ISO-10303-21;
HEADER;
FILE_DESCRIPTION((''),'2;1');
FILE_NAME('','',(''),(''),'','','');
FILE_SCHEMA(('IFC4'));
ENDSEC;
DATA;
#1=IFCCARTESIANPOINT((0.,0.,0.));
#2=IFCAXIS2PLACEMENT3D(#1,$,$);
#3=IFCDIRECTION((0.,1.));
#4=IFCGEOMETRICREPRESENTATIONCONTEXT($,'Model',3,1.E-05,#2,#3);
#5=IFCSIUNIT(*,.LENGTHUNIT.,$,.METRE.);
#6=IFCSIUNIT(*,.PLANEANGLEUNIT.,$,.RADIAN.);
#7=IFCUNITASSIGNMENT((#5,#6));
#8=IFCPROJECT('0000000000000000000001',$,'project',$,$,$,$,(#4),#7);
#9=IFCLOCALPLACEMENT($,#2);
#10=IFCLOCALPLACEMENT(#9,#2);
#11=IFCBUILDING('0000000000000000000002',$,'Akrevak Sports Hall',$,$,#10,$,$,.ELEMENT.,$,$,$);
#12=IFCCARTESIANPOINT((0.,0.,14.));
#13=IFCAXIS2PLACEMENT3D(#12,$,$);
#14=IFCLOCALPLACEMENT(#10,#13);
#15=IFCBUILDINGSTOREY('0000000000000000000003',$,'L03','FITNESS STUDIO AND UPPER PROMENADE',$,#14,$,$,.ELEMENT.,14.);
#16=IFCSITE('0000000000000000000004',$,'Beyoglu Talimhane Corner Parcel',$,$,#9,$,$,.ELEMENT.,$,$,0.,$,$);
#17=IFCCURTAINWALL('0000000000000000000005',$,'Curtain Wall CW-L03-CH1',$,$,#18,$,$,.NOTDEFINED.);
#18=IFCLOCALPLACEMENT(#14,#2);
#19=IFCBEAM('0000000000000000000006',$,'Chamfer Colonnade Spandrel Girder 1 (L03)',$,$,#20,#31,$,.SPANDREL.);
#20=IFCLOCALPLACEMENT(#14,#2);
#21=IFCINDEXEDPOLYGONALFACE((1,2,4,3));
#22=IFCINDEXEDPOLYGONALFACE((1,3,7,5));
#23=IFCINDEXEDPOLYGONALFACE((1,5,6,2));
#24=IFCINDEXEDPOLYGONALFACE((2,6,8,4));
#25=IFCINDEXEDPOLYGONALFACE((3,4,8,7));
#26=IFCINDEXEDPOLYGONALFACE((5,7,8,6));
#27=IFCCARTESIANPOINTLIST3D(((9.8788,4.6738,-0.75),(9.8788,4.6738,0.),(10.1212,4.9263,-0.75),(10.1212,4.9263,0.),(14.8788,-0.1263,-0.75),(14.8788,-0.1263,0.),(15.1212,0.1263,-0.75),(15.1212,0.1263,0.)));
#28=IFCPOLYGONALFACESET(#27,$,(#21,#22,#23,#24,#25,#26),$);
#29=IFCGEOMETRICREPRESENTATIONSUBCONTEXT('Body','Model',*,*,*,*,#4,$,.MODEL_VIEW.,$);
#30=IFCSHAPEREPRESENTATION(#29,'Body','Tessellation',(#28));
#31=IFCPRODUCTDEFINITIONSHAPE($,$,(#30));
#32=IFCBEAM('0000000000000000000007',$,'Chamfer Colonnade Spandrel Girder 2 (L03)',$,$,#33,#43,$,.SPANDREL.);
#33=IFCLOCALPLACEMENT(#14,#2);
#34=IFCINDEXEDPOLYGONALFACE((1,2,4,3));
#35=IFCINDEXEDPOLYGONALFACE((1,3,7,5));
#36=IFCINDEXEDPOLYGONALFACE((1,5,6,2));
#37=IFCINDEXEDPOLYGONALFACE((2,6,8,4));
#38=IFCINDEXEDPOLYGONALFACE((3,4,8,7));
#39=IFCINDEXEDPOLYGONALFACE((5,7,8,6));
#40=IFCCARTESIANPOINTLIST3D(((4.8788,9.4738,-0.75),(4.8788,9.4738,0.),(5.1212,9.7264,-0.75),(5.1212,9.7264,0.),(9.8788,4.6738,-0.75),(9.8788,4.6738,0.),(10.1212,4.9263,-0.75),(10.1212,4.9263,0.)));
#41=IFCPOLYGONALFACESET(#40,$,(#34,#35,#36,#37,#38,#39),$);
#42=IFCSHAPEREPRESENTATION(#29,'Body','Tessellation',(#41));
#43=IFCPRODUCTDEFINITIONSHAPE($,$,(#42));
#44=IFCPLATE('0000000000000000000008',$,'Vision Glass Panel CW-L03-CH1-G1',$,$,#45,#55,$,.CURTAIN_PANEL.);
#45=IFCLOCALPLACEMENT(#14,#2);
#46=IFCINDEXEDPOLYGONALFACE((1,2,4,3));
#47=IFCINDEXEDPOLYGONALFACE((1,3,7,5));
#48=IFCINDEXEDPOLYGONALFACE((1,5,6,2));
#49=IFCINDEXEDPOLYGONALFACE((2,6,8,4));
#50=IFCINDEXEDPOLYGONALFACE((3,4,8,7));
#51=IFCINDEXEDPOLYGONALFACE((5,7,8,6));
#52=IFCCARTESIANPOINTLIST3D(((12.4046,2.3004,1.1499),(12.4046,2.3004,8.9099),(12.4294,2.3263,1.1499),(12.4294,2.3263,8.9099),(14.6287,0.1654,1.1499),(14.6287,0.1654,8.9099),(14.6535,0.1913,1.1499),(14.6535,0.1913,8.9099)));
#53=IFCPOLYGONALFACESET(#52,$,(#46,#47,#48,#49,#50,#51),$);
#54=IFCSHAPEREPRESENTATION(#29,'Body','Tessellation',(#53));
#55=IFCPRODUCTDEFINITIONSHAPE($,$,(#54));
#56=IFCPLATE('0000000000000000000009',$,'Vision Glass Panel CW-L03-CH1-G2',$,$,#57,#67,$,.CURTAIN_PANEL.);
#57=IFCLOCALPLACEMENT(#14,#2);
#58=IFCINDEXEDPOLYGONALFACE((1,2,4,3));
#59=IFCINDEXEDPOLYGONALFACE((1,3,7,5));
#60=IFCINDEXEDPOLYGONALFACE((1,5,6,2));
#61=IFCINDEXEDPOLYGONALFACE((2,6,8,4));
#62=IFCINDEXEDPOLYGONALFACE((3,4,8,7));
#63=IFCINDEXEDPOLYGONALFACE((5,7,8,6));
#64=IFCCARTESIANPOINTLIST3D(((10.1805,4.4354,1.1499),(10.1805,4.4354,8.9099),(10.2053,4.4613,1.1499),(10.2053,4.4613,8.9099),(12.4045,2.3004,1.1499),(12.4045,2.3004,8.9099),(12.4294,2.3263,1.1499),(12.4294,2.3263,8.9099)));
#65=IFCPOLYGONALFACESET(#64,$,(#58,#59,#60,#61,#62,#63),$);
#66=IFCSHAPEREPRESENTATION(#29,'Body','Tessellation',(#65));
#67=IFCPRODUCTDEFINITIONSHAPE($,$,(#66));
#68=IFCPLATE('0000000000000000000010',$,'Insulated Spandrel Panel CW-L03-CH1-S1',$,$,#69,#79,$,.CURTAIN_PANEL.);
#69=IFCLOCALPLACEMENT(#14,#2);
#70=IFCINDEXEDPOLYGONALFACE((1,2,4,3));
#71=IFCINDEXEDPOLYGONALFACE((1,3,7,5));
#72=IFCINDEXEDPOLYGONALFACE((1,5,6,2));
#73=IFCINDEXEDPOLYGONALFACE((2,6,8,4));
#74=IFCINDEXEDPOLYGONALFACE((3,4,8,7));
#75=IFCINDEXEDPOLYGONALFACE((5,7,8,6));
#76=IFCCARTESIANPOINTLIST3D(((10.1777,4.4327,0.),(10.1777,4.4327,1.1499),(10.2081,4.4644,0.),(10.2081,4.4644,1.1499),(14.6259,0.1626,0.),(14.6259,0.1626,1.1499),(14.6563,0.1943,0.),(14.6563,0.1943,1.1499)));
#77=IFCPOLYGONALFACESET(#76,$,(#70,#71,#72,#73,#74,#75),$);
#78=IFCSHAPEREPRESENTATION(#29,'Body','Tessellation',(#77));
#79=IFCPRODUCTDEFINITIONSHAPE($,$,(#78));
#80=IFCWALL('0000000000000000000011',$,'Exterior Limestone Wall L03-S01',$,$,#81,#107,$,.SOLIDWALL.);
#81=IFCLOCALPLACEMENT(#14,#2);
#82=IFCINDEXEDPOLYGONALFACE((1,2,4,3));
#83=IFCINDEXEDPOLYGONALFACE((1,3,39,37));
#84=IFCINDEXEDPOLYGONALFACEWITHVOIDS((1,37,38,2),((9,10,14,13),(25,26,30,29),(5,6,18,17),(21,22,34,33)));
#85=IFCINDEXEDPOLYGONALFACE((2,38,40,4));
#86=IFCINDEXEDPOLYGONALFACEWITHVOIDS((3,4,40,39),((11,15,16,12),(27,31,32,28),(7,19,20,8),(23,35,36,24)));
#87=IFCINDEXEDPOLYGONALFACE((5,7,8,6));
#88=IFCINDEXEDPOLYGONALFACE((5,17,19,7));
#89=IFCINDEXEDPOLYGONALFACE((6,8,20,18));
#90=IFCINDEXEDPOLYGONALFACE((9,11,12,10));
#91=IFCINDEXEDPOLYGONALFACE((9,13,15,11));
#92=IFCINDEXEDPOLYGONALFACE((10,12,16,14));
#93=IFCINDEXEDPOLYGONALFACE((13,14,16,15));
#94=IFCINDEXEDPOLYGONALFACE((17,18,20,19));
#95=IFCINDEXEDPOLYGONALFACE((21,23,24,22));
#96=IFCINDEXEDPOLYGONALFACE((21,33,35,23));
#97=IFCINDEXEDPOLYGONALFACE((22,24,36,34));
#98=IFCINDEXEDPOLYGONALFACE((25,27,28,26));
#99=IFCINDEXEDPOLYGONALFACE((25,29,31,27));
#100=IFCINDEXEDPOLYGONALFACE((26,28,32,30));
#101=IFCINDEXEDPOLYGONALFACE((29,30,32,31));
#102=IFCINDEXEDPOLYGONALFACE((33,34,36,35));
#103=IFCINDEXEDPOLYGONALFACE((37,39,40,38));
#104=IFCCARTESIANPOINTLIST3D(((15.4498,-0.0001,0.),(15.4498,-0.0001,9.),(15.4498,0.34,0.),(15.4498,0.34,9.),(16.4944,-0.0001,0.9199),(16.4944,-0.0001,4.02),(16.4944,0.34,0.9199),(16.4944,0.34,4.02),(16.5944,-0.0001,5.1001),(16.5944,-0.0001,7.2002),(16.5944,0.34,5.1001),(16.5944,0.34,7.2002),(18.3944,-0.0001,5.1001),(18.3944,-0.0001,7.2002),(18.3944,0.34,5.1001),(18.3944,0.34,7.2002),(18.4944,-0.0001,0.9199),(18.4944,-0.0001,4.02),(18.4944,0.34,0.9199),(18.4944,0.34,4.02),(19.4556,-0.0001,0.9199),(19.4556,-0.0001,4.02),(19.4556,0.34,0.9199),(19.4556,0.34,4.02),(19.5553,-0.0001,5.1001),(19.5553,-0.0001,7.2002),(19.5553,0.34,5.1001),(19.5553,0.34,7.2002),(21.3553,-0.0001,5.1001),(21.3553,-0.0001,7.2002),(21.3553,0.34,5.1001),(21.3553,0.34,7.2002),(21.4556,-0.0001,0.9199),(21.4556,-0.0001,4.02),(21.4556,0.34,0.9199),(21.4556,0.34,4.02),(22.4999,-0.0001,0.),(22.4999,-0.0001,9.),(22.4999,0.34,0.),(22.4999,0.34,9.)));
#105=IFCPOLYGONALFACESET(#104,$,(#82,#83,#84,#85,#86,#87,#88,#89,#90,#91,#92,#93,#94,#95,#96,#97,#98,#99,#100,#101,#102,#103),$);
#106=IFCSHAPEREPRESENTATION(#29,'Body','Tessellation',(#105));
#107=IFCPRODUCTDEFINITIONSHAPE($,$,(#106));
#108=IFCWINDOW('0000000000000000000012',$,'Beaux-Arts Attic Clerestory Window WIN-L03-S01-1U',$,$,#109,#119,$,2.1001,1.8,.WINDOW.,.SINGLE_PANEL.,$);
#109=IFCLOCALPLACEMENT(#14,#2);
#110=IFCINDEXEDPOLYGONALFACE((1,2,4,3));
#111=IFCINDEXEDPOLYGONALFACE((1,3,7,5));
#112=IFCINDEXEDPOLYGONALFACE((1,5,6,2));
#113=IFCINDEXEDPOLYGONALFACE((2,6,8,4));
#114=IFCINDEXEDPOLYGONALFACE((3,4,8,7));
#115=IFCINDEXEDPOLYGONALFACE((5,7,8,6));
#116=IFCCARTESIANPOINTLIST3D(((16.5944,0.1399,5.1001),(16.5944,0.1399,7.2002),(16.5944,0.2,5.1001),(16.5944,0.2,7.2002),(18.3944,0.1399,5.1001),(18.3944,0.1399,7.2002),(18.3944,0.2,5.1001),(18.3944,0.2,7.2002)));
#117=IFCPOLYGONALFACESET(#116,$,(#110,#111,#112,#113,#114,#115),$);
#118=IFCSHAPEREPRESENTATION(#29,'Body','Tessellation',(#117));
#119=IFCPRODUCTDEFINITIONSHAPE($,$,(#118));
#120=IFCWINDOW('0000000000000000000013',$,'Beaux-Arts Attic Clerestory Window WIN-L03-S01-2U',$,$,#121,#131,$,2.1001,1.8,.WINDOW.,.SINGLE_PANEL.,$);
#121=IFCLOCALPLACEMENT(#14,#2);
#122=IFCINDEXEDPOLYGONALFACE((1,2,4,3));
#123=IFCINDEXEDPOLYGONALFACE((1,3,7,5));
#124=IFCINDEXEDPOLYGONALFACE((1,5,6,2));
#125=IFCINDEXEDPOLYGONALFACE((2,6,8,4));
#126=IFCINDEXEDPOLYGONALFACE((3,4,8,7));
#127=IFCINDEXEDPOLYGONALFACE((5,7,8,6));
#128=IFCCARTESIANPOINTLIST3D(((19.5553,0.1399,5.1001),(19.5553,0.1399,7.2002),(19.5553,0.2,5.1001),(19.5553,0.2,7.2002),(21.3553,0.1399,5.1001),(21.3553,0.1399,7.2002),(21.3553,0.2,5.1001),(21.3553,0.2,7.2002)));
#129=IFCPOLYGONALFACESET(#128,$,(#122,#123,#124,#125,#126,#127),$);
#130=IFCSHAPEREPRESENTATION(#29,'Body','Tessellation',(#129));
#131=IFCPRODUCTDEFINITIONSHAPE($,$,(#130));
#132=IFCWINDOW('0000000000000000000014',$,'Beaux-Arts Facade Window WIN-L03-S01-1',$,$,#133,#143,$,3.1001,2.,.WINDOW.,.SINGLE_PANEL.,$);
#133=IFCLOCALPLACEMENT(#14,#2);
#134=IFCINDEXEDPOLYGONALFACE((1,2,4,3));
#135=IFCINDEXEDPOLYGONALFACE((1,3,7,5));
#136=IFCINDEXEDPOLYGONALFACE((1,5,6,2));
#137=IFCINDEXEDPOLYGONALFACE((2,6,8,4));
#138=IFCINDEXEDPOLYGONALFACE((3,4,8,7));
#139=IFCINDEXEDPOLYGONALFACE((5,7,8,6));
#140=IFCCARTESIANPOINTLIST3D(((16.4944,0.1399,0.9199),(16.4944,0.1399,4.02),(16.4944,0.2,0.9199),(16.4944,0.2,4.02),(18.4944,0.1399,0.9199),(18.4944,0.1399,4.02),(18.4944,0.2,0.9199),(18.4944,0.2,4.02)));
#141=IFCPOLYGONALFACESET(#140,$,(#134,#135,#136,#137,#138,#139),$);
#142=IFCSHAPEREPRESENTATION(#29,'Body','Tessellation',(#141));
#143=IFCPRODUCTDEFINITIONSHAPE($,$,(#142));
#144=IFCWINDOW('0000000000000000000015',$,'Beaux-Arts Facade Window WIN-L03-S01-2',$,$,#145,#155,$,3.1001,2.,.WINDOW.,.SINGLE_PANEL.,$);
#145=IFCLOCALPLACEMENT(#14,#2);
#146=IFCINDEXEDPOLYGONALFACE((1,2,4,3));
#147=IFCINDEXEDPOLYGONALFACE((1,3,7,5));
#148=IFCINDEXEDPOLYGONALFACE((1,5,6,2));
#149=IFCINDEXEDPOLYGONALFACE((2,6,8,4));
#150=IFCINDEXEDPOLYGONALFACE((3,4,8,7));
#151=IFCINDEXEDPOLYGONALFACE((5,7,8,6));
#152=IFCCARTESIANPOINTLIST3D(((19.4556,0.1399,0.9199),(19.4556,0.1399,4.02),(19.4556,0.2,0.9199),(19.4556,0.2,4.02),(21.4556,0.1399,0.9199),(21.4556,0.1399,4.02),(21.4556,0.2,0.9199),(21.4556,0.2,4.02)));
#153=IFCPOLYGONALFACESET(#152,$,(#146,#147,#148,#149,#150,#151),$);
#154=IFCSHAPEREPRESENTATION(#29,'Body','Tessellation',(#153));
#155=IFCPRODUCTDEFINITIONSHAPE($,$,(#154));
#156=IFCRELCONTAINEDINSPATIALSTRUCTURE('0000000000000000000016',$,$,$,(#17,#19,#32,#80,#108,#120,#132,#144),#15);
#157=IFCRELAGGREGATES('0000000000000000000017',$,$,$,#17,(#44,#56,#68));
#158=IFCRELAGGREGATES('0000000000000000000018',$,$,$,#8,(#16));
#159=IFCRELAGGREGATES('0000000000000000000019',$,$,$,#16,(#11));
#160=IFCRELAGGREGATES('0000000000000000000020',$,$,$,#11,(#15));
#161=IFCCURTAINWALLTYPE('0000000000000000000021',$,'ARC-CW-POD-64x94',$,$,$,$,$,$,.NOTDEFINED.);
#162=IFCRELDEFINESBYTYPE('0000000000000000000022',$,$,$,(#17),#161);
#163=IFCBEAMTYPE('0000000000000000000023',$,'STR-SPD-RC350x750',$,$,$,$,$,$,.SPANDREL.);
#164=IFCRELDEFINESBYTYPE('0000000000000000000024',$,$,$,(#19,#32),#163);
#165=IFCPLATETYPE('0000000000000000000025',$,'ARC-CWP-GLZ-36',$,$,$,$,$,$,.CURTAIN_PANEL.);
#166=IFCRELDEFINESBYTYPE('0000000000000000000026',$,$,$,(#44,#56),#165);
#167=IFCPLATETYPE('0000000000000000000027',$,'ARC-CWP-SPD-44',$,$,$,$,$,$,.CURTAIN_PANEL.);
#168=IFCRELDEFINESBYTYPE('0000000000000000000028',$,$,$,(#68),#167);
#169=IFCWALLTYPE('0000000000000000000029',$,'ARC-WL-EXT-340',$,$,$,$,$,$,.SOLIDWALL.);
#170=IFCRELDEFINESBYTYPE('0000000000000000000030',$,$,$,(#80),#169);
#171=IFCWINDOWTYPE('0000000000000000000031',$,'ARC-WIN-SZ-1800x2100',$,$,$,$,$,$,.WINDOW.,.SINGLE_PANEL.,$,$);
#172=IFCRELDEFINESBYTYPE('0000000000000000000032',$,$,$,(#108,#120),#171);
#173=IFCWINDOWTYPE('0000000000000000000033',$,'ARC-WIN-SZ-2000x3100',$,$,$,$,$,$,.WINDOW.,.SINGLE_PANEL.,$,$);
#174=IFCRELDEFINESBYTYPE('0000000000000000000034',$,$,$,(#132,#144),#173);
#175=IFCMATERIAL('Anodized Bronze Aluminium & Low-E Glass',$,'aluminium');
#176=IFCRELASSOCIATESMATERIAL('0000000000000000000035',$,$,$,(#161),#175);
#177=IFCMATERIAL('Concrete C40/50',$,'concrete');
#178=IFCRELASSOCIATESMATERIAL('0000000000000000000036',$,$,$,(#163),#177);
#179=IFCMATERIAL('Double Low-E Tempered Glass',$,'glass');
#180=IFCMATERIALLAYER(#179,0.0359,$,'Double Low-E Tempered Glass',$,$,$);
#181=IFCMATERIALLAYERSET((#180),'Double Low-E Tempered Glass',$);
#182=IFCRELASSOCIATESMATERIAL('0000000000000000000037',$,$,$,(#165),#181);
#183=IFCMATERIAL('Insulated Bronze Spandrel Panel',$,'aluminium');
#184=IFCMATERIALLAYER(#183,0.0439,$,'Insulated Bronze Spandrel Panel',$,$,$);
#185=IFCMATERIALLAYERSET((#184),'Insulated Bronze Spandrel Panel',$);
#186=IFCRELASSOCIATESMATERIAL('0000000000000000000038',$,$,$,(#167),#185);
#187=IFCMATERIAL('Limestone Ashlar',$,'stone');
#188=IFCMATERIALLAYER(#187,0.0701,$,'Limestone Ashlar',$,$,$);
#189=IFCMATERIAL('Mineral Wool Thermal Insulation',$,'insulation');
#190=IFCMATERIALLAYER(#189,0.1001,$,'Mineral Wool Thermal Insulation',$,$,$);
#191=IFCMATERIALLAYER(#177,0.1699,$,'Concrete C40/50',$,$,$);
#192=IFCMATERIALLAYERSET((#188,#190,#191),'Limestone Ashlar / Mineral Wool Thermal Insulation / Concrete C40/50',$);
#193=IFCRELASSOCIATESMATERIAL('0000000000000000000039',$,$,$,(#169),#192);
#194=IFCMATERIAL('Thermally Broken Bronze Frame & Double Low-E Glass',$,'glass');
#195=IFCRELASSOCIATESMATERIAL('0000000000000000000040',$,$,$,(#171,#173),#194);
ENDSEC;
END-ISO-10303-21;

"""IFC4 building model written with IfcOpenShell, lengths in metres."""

from ifc_helpers import new_model, si_unit, direction, frame, frame_2d, origin, origin_2d, place, context, subcontext, project, spatial, rectangle, extrude, material, layer, layer_set, material_profile, profile_set, type_object, element, fill, aggregate, save


model = new_model("IFC4")

# Units and contexts
model_context = context("Model", 3, precision=1e-05, world=origin(), true_north=direction((0.0, 1.0)))
body_context = subcontext(model_context, "Body", "Model", "MODEL_VIEW")
ifc_project = project(units=[si_unit("LENGTHUNIT", "METRE"), si_unit("PLANEANGLEUNIT", "RADIAN")], contexts=[model_context])

# Site, building, storey
site_placement = place(None, origin())
site = spatial("IfcSite", under=ifc_project, at=site_placement, Name="Beyoglu Talimhane Corner Parcel", CompositionType="ELEMENT", RefElevation=0.0)
building_placement = place(site_placement, origin())
building = spatial("IfcBuilding", under=site, at=building_placement, Name="Akrevak Sports Hall", CompositionType="ELEMENT")
storey_placement = place(building_placement, frame((0.0, 0.0, 14.0)))
storey = spatial("IfcBuildingStorey", under=building, at=storey_placement, Name="L03", Description="FITNESS STUDIO AND UPPER PROMENADE", CompositionType="ELEMENT", Elevation=14.0)

# Shared definitions
ifc_material_1 = material(Name="Concrete C40/50", Category="concrete")

# Curtain wall
ifc_material_2 = material(Name="Anodized Bronze Aluminium & Low-E Glass", Category="aluminium")
curtain_wall_type = type_object("IfcCurtainWallType", Name="ARC-CW-POD-64x94", PredefinedType="NOTDEFINED", material=ifc_material_2)
curtain_wall_placement = place(storey_placement, origin())
curtain_wall = element("IfcCurtainWall", 1, at=curtain_wall_placement, inside=storey, type_object=curtain_wall_type, Name="Curtain Wall CW-L03-CH1", PredefinedType="NOTDEFINED")

# Beams
ifc_material_profile_1 = material_profile(ifc_material_1, rectangle(XDim=0.3501, YDim=0.75, at=origin_2d()), Name="SPD 350x750", Category="concrete")
ifc_profile_set_1 = profile_set([ifc_material_profile_1], Name="Concrete C40/50")
beam_type_1 = type_object("IfcBeamType", Name="STR-SPD-RC350x750", PredefinedType="SPANDREL", material=ifc_profile_set_1)
for number, where, z_axis, x_axis, name in (
    (2, (15.0, 0.0, -0.375), (-0.721384, 0.692535, 0.0), (-0.692535, -0.721384, 0.0), "Chamfer Colonnade Spandrel Girder 1 (L03)"),
    (3, (10.0, 4.8, -0.375), (-0.721384, 0.692535, 0.0), (-0.692535, -0.721384, 0.0), "Chamfer Colonnade Spandrel Girder 2 (L03)"),
):
    element("IfcBeam", number, at=place(storey_placement, frame(where, z_axis=z_axis, x_axis=x_axis)), inside=storey, type_object=beam_type_1, Name=name, PredefinedType="SPANDREL", context=body_context, shape_type="SweptSolid", body=[
        extrude(rectangle(XDim=0.3501, YDim=0.75, at=origin_2d()), origin(), (0.0, 0.0, 1.0), 6.9312),
    ])

# Plates
ifc_material_3 = material(Name="Double Low-E Tempered Glass", Category="glass")
ifc_layer_1 = layer(ifc_material_3, 0.0359, Name="Double Low-E Tempered Glass")
ifc_layer_set_1 = layer_set([ifc_layer_1], Name="Double Low-E Tempered Glass")
plate_type_1 = type_object("IfcPlateType", Name="ARC-CWP-GLZ-36", PredefinedType="CURTAIN_PANEL", material=ifc_layer_set_1)
plate_1_placement = place(storey_placement, frame((13.5291, 1.2458, 1.1499), z_axis=(0.0, 0.0, 1.0), x_axis=(-0.721398, 0.692521, 0.0)))
plate_1 = element("IfcPlate", 4, at=plate_1_placement, type_object=plate_type_1, Name="Vision Glass Panel CW-L03-CH1-G1", PredefinedType="CURTAIN_PANEL", context=body_context, shape_type="SweptSolid", body=[
    extrude(rectangle(XDim=3.083, YDim=0.0359, at=origin_2d()), origin(), (0.0, 0.0, 1.0), 7.76),
])
plate_2_placement = place(storey_placement, frame((11.3049, 3.3809, 1.1499), z_axis=(0.0, 0.0, 1.0), x_axis=(-0.721398, 0.692521, 0.0)))
plate_2 = element("IfcPlate", 5, at=plate_2_placement, type_object=plate_type_1, Name="Vision Glass Panel CW-L03-CH1-G2", PredefinedType="CURTAIN_PANEL", context=body_context, shape_type="SweptSolid", body=[
    extrude(rectangle(XDim=3.083, YDim=0.0359, at=origin_2d()), origin(), (0.0, 0.0, 1.0), 7.76),
])
ifc_material_4 = material(Name="Insulated Bronze Spandrel Panel", Category="aluminium")
ifc_layer_2 = layer(ifc_material_4, 0.0439, Name="Insulated Bronze Spandrel Panel")
ifc_layer_set_2 = layer_set([ifc_layer_2], Name="Insulated Bronze Spandrel Panel")
plate_type_2 = type_object("IfcPlateType", Name="ARC-CWP-SPD-44", PredefinedType="CURTAIN_PANEL", material=ifc_layer_set_2)
plate_3_placement = place(storey_placement, frame((12.417, 2.3135, 0.0), z_axis=(0.0, 0.0, 1.0), x_axis=(-0.721398, 0.692521, 0.0)))
plate_3 = element("IfcPlate", 6, at=plate_3_placement, type_object=plate_type_2, Name="Insulated Spandrel Panel CW-L03-CH1-S1", PredefinedType="CURTAIN_PANEL", context=body_context, shape_type="SweptSolid", body=[
    extrude(rectangle(XDim=6.166, YDim=0.0439, at=origin_2d()), origin(), (0.0, 0.0, 1.0), 1.1499),
])
aggregate(curtain_wall, [plate_1, plate_2, plate_3])

# Wall, openings, windows
ifc_material_5 = material(Name="Limestone Ashlar", Category="stone")
ifc_layer_3 = layer(ifc_material_5, 0.0701, Name="Limestone Ashlar")
ifc_material_6 = material(Name="Mineral Wool Thermal Insulation", Category="insulation")
ifc_layer_4 = layer(ifc_material_6, 0.1001, Name="Mineral Wool Thermal Insulation")
ifc_layer_5 = layer(ifc_material_1, 0.1699, Name="Concrete C40/50")
ifc_layer_set_3 = layer_set([ifc_layer_3, ifc_layer_4, ifc_layer_5], Name="Limestone Ashlar / Mineral Wool Thermal Insulation / Concrete C40/50")
wall_type = type_object("IfcWallType", Name="ARC-WL-EXT-340", PredefinedType="SOLIDWALL", material=ifc_layer_set_3)
wall_1_placement = place(storey_placement, frame((15.45, 0.1699, 0.0), z_axis=(0.0, 0.0, 1.0), x_axis=(1.0, 0.0, 0.0)))
wall_1 = element("IfcWall", 7, at=wall_1_placement, inside=storey, type_object=wall_type, Name="Exterior Limestone Wall L03-S01", PredefinedType="SOLIDWALL", context=body_context, shape_type="SweptSolid", body=[
    extrude(rectangle(XDim=7.05, YDim=0.3401, at=frame_2d((3.5249, 0.0))), origin(), (0.0, 0.0, 1.0), 9.0),
])
opening_1_placement = place(wall_1_placement, frame((1.0444, 0.0, 0.9199)))
opening_1 = element("IfcOpeningElement", 8, at=opening_1_placement, cuts=wall_1, PredefinedType="OPENING", context=body_context, shape_type="SweptSolid", body=[
    extrude(rectangle(XDim=2.0, YDim=3.1001, at=frame_2d((1.0, 1.55))), frame((0.0, 0.1821, 0.0), z_axis=(0.0, -1.0, 0.0), x_axis=(1.0, 0.0, 0.0)), (0.0, 0.0, 1.0), 0.364),
])
opening_2_placement = place(wall_1_placement, frame((1.1445, 0.0, 5.1001)))
opening_2 = element("IfcOpeningElement", 9, at=opening_2_placement, cuts=wall_1, PredefinedType="OPENING", context=body_context, shape_type="SweptSolid", body=[
    extrude(rectangle(XDim=1.8, YDim=2.1001, at=frame_2d((0.8999, 1.05))), frame((0.0, 0.1821, 0.0), z_axis=(0.0, -1.0, 0.0), x_axis=(1.0, 0.0, 0.0)), (0.0, 0.0, 1.0), 0.364),
])
opening_3_placement = place(wall_1_placement, frame((4.0056, 0.0, 0.9199)))
opening_3 = element("IfcOpeningElement", 10, at=opening_3_placement, cuts=wall_1, PredefinedType="OPENING", context=body_context, shape_type="SweptSolid", body=[
    extrude(rectangle(XDim=2.0, YDim=3.1001, at=frame_2d((1.0, 1.55))), frame((0.0, 0.1821, 0.0), z_axis=(0.0, -1.0, 0.0), x_axis=(1.0, 0.0, 0.0)), (0.0, 0.0, 1.0), 0.364),
])
opening_4_placement = place(wall_1_placement, frame((4.1055, 0.0, 5.1001)))
opening_4 = element("IfcOpeningElement", 11, at=opening_4_placement, cuts=wall_1, PredefinedType="OPENING", context=body_context, shape_type="SweptSolid", body=[
    extrude(rectangle(XDim=1.8, YDim=2.1001, at=frame_2d((0.8999, 1.05))), frame((0.0, 0.1821, 0.0), z_axis=(0.0, -1.0, 0.0), x_axis=(1.0, 0.0, 0.0)), (0.0, 0.0, 1.0), 0.364),
])
ifc_material_7 = material(Name="Thermally Broken Bronze Frame & Double Low-E Glass", Category="glass")
window_type_1 = type_object("IfcWindowType", Name="ARC-WIN-SZ-1800x2100", PartitioningType="SINGLE_PANEL", PredefinedType="WINDOW", material=ifc_material_7)
window_1_placement = place(opening_2_placement, origin())
window_1 = element("IfcWindow", 12, at=window_1_placement, inside=storey, type_object=window_type_1, Name="Beaux-Arts Attic Clerestory Window WIN-L03-S01-1U", OverallHeight=2.1001, OverallWidth=1.8, PartitioningType="SINGLE_PANEL", PredefinedType="WINDOW", context=body_context, shape_type="SweptSolid", body=[
    extrude(rectangle(XDim=1.8, YDim=2.1001, at=frame_2d((0.8999, 1.05))), frame((0.0, 0.03, 0.0), z_axis=(0.0, -1.0, 0.0), x_axis=(1.0, 0.0, 0.0)), (0.0, 0.0, 1.0), 0.0601),
])
fill(opening_2, window_1)
window_2_placement = place(opening_4_placement, origin())
window_2 = element("IfcWindow", 13, at=window_2_placement, inside=storey, type_object=window_type_1, Name="Beaux-Arts Attic Clerestory Window WIN-L03-S01-2U", OverallHeight=2.1001, OverallWidth=1.8, PartitioningType="SINGLE_PANEL", PredefinedType="WINDOW", context=body_context, shape_type="SweptSolid", body=[
    extrude(rectangle(XDim=1.8, YDim=2.1001, at=frame_2d((0.8999, 1.05))), frame((0.0, 0.03, 0.0), z_axis=(0.0, -1.0, 0.0), x_axis=(1.0, 0.0, 0.0)), (0.0, 0.0, 1.0), 0.0601),
])
fill(opening_4, window_2)
window_type_2 = type_object("IfcWindowType", Name="ARC-WIN-SZ-2000x3100", PartitioningType="SINGLE_PANEL", PredefinedType="WINDOW", material=ifc_material_7)
window_3_placement = place(opening_1_placement, origin())
window_3 = element("IfcWindow", 14, at=window_3_placement, inside=storey, type_object=window_type_2, Name="Beaux-Arts Facade Window WIN-L03-S01-1", OverallHeight=3.1001, OverallWidth=2.0, PartitioningType="SINGLE_PANEL", PredefinedType="WINDOW", context=body_context, shape_type="SweptSolid", body=[
    extrude(rectangle(XDim=2.0, YDim=3.1001, at=frame_2d((1.0, 1.55))), frame((0.0, 0.03, 0.0), z_axis=(0.0, -1.0, 0.0), x_axis=(1.0, 0.0, 0.0)), (0.0, 0.0, 1.0), 0.0601),
])
fill(opening_1, window_3)
window_4_placement = place(opening_3_placement, origin())
window_4 = element("IfcWindow", 15, at=window_4_placement, inside=storey, type_object=window_type_2, Name="Beaux-Arts Facade Window WIN-L03-S01-2", OverallHeight=3.1001, OverallWidth=2.0, PartitioningType="SINGLE_PANEL", PredefinedType="WINDOW", context=body_context, shape_type="SweptSolid", body=[
    extrude(rectangle(XDim=2.0, YDim=3.1001, at=frame_2d((1.0, 1.55))), frame((0.0, 0.03, 0.0), z_axis=(0.0, -1.0, 0.0), x_axis=(1.0, 0.0, 0.0)), (0.0, 0.0, 1.0), 0.0601),
])
fill(opening_3, window_4)

save(model, "model.ifc")
